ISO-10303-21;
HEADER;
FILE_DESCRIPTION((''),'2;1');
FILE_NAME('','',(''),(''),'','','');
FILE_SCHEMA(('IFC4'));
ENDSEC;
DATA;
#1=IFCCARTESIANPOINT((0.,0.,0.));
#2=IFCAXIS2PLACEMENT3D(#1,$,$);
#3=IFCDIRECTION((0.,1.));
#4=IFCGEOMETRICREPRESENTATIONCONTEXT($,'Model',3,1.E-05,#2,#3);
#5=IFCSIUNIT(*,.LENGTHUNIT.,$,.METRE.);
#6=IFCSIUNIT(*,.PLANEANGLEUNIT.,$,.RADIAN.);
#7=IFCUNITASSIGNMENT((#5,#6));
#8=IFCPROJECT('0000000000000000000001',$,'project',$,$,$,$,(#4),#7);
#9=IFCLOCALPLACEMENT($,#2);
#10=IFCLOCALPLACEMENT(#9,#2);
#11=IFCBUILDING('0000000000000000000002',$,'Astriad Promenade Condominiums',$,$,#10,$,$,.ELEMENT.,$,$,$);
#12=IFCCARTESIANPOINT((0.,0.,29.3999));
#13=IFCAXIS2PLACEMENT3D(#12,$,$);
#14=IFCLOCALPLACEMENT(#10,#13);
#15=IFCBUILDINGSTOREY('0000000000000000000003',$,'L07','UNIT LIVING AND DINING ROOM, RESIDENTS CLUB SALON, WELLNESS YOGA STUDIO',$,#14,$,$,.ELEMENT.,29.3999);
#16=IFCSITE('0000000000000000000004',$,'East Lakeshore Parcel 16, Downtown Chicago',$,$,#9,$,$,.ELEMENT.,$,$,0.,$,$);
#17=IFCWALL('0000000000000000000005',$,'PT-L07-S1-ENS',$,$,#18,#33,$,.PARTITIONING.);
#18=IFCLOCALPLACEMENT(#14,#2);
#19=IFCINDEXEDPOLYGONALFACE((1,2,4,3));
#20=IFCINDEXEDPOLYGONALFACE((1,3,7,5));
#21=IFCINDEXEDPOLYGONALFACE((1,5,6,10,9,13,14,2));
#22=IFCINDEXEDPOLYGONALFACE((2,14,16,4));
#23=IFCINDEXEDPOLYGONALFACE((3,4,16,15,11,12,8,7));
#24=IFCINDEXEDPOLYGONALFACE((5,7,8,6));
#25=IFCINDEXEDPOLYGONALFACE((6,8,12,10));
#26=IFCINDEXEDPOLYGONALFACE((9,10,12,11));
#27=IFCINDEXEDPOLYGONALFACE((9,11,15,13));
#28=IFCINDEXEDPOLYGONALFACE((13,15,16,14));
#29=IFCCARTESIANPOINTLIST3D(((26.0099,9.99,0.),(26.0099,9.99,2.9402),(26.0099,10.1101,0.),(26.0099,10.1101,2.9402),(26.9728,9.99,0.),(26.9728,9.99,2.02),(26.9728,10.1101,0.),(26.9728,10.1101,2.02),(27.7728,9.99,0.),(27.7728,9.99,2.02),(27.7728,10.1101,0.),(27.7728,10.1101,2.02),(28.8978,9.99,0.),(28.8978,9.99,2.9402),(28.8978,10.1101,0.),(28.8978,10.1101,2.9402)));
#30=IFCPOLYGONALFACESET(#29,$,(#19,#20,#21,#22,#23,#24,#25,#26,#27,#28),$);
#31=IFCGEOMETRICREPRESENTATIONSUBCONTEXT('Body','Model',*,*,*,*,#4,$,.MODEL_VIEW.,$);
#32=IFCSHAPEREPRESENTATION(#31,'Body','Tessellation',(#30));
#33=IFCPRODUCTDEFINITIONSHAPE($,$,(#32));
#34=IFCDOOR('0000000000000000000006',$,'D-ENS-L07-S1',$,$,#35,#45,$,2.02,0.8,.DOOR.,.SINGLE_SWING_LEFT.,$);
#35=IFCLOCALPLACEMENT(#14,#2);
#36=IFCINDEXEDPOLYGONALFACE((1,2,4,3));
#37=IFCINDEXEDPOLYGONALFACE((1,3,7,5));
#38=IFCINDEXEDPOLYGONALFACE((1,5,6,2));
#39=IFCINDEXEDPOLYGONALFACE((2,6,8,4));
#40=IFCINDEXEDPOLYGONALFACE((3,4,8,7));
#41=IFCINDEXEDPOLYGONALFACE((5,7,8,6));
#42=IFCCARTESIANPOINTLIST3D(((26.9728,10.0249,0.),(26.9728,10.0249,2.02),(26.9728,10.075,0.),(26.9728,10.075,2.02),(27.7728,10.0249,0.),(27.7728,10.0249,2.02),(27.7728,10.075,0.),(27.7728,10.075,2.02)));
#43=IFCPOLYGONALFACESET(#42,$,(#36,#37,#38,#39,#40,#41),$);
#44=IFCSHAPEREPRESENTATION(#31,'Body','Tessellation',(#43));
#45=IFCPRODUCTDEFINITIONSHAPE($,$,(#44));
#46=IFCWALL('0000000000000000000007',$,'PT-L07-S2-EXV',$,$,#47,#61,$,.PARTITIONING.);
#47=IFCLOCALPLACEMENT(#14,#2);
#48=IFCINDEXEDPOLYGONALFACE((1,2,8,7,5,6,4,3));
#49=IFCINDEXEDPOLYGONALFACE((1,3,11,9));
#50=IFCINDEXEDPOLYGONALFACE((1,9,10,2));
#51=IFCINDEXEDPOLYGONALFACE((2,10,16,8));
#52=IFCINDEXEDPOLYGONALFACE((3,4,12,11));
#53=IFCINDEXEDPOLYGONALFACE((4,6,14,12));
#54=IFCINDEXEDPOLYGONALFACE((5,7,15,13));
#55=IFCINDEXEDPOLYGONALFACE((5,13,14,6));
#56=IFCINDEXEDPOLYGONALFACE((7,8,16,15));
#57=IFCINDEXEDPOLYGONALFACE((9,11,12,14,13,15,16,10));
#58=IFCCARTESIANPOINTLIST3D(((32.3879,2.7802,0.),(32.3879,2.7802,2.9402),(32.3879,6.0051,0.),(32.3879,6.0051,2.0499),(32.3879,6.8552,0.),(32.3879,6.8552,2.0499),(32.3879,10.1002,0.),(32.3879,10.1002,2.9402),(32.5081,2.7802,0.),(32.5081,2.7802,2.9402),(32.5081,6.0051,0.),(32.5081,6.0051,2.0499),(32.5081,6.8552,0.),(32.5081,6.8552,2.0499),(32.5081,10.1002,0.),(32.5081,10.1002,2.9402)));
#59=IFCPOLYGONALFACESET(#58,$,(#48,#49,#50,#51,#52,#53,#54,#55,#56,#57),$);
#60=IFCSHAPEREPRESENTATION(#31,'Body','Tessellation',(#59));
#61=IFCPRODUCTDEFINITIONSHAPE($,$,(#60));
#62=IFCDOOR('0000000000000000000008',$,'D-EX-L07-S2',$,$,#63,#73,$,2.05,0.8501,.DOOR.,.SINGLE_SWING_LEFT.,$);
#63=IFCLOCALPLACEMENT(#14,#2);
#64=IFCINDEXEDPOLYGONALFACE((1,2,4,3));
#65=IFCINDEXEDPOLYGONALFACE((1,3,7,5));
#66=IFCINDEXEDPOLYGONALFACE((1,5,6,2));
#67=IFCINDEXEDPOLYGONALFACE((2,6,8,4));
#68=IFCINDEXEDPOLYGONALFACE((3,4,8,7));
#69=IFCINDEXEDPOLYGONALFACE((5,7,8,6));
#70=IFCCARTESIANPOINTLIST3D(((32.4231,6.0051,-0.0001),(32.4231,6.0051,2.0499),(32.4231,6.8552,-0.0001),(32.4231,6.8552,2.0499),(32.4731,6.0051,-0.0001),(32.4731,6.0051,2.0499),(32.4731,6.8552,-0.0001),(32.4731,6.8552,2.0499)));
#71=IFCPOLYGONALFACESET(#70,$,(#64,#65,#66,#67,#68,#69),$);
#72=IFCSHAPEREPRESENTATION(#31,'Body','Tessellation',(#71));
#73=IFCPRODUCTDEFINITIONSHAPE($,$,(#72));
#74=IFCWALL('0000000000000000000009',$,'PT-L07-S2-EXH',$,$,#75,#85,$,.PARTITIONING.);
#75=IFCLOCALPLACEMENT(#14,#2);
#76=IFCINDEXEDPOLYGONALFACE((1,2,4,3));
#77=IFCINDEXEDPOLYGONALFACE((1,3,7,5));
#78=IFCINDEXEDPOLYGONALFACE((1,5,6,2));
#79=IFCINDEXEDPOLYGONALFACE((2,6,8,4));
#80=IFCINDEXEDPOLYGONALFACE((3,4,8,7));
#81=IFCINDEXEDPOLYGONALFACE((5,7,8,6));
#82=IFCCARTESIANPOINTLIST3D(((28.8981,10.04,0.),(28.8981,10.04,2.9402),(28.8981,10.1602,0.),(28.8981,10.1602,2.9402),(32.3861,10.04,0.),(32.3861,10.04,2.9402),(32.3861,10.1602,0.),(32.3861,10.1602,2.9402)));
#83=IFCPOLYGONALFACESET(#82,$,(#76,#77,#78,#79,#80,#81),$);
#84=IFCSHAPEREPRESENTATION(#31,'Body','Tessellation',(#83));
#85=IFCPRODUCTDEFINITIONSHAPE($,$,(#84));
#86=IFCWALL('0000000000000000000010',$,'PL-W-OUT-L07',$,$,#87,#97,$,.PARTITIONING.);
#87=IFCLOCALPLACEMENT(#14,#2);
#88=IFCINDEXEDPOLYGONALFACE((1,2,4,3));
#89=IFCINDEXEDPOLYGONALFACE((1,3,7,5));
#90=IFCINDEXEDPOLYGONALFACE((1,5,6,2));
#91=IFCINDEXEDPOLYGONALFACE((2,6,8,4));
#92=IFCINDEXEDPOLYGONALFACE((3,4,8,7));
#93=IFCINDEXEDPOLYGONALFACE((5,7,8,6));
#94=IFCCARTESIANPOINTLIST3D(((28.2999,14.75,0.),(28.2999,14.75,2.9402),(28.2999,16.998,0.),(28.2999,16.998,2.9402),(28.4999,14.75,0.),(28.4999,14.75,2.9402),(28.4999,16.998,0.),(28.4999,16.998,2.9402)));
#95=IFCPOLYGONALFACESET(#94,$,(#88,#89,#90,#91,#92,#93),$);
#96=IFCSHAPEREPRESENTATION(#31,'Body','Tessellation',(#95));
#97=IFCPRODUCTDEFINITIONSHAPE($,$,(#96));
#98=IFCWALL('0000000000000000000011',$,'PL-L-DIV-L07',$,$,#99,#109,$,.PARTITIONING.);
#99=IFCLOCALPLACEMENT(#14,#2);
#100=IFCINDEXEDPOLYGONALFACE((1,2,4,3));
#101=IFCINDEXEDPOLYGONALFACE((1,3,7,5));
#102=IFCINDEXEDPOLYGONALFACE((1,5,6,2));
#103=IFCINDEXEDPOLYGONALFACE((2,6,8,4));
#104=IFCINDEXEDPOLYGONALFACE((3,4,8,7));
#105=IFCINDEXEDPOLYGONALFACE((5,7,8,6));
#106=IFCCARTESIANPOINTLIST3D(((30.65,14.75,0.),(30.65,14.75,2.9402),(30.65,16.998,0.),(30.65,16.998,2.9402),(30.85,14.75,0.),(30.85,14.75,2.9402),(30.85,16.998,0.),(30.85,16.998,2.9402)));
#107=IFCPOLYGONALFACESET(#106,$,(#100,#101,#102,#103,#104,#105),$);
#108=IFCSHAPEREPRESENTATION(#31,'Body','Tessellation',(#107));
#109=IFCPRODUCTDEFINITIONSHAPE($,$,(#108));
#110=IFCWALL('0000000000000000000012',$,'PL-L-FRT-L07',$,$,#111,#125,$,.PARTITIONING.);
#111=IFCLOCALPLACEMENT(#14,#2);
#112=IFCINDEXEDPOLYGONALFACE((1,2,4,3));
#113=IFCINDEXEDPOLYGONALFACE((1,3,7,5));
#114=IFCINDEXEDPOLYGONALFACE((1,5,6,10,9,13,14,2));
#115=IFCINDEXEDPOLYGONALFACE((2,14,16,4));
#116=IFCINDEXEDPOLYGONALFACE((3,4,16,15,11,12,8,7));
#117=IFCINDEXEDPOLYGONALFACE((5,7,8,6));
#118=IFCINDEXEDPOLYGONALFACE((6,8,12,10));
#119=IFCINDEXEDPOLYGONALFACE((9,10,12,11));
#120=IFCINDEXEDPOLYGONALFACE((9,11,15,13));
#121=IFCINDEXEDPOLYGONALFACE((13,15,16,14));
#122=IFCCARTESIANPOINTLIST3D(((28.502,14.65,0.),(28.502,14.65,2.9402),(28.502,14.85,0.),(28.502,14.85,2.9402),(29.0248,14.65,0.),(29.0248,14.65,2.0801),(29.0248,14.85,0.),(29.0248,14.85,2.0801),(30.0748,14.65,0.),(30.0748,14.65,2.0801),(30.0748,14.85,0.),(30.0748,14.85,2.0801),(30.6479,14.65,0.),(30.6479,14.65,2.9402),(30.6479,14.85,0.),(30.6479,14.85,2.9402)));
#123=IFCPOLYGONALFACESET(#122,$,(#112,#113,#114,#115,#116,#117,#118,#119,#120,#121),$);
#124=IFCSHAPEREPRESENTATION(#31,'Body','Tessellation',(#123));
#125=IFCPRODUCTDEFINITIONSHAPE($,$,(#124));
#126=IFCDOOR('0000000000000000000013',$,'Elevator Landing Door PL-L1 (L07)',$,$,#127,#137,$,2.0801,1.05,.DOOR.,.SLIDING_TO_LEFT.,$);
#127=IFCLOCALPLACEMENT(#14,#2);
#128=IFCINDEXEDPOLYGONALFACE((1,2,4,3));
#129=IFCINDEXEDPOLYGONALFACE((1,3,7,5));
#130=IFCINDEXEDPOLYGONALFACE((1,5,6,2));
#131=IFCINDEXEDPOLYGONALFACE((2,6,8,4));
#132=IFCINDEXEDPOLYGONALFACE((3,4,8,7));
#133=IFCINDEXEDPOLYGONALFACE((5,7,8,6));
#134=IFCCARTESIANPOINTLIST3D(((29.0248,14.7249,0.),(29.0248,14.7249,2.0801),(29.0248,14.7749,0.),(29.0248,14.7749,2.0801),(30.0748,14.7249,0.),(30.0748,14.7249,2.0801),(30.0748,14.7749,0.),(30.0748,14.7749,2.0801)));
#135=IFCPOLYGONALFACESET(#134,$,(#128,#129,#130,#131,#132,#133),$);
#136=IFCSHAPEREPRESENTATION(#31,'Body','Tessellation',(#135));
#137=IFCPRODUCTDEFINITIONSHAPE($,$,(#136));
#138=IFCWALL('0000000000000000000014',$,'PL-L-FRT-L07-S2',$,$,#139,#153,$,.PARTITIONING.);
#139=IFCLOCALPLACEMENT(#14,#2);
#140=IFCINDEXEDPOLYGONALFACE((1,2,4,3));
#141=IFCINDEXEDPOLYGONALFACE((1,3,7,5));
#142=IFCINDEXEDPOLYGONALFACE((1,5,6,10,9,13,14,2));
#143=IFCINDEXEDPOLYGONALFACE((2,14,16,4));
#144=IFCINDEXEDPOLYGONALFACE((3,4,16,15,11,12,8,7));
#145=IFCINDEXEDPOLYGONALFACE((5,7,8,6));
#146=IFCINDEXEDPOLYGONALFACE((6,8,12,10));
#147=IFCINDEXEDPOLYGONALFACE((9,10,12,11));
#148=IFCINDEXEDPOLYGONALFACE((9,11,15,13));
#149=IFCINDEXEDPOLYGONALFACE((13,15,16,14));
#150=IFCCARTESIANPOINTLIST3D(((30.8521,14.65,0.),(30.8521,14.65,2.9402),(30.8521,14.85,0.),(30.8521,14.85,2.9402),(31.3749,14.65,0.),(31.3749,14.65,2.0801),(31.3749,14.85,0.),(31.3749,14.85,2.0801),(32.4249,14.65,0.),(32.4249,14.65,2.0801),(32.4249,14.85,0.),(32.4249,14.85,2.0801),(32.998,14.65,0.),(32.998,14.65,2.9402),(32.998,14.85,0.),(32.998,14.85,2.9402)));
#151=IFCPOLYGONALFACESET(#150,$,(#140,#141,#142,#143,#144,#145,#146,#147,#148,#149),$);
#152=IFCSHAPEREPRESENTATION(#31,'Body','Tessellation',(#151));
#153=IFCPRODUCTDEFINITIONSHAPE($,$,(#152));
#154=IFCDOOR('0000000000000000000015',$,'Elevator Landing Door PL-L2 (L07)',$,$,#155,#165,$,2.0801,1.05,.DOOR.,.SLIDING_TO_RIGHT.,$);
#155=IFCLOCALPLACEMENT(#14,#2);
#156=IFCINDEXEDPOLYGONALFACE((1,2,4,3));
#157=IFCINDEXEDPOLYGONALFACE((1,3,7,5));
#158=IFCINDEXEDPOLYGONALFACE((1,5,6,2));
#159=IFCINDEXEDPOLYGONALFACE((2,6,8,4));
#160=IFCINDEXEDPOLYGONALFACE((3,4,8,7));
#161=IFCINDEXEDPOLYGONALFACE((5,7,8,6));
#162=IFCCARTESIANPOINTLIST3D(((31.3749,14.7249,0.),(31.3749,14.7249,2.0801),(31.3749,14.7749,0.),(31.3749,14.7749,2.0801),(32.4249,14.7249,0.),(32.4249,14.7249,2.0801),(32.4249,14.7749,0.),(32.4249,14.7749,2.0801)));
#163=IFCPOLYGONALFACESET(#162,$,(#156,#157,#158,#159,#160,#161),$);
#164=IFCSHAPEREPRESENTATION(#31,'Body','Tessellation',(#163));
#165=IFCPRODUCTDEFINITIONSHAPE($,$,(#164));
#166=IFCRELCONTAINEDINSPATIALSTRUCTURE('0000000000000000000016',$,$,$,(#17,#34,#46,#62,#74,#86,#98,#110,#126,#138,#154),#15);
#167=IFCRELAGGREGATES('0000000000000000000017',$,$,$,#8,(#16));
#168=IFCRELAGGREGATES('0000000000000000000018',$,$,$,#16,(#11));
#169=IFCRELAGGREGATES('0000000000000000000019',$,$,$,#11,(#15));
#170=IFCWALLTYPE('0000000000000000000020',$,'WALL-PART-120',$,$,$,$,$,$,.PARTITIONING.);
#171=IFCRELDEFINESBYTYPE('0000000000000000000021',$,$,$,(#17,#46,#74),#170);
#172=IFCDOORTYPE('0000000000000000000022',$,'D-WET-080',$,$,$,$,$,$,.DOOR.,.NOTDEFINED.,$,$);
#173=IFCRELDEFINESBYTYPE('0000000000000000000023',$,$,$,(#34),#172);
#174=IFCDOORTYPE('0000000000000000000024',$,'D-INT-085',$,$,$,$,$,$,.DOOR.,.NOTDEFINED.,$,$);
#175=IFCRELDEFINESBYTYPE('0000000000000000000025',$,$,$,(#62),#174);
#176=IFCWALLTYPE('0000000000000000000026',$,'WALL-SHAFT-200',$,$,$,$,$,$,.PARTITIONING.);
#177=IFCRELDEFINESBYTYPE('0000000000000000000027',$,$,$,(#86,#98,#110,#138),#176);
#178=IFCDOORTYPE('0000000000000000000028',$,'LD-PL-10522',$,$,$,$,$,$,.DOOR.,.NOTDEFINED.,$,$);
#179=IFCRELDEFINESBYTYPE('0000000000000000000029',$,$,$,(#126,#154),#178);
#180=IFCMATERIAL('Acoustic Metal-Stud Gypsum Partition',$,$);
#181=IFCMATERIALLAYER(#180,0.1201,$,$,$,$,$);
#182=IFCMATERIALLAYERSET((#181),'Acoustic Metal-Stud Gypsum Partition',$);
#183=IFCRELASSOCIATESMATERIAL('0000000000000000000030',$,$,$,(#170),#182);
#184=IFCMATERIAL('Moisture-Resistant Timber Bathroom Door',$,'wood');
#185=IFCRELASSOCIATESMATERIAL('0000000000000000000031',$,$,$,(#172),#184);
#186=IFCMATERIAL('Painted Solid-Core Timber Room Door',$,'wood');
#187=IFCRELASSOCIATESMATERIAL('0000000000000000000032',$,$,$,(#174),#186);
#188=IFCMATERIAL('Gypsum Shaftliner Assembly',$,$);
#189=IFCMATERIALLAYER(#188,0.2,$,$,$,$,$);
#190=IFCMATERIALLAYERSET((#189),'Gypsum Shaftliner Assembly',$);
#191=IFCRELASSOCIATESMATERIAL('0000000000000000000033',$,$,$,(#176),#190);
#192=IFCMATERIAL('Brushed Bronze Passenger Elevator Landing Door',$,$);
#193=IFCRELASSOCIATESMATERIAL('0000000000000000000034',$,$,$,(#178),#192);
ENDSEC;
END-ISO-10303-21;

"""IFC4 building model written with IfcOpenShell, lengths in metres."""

from ifc_helpers import new_model, si_unit, direction, frame, frame_2d, origin, place, context, subcontext, project, spatial, rectangle, extrude, source, transform, mapped, material, layer, layer_set, type_object, type_shapes, element, fill, save


model = new_model("IFC4")

# Units and contexts
model_context = context("Model", 3, precision=1e-05, world=origin(), true_north=direction((0.0, 1.0)))
body_context = subcontext(model_context, "Body", "Model", "MODEL_VIEW")
ifc_project = project(units=[si_unit("LENGTHUNIT", "METRE"), si_unit("PLANEANGLEUNIT", "RADIAN")], contexts=[model_context])

# Site, building, storey
site_placement = place(None, origin())
site = spatial("IfcSite", under=ifc_project, at=site_placement, Name="East Lakeshore Parcel 16, Downtown Chicago", CompositionType="ELEMENT", RefElevation=0.0)
building_placement = place(site_placement, origin())
building = spatial("IfcBuilding", under=site, at=building_placement, Name="Astriad Promenade Condominiums", CompositionType="ELEMENT")
storey_placement = place(building_placement, frame((0.0, 0.0, 29.3999)))
storey = spatial("IfcBuildingStorey", under=building, at=storey_placement, Name="L07", Description="UNIT LIVING AND DINING ROOM, RESIDENTS CLUB SALON, WELLNESS YOGA STUDIO", CompositionType="ELEMENT", Elevation=29.3999)

# Walls, openings, doors
ifc_material_1 = material(Name="Acoustic Metal-Stud Gypsum Partition")
ifc_layer_1 = layer(ifc_material_1, 0.1201)
ifc_layer_set_1 = layer_set([ifc_layer_1], Name="Acoustic Metal-Stud Gypsum Partition")
wall_type_1 = type_object("IfcWallType", Name="WALL-PART-120", PredefinedType="PARTITIONING", material=ifc_layer_set_1)
wall_1_placement = place(storey_placement, frame((26.01, 10.05, 0.0), z_axis=(0.0, 0.0, 1.0), x_axis=(1.0, 0.0, 0.0)))
wall_1 = element("IfcWall", 1, at=wall_1_placement, inside=storey, type_object=wall_type_1, Name="PT-L07-S1-ENS", PredefinedType="PARTITIONING", context=body_context, shape_type="SweptSolid", body=[
    extrude(rectangle(XDim=2.8879, YDim=0.1201, at=frame_2d((1.4438, 0.0))), origin(), (0.0, 0.0, 1.0), 2.9402),
])
opening_1_placement = place(wall_1_placement, frame((0.9629, 0.0, 0.0)))
opening_1 = element("IfcOpeningElement", 2, at=opening_1_placement, cuts=wall_1, PredefinedType="OPENING", context=body_context, shape_type="SweptSolid", body=[
    extrude(rectangle(XDim=0.8, YDim=2.02, at=frame_2d((0.3999, 1.01))), frame((0.0, 0.0701, 0.0), z_axis=(0.0, -1.0, 0.0), x_axis=(1.0, 0.0, 0.0)), (0.0, 0.0, 1.0), 0.1401),
])
ifc_material_2 = material(Name="Moisture-Resistant Timber Bathroom Door", Category="wood")
door_type_1 = type_object("IfcDoorType", Name="D-WET-080", OperationType="NOTDEFINED", PredefinedType="DOOR", material=ifc_material_2)
shared_shape_1 = source(origin(), body_context, "Body", "SweptSolid", [
    extrude(rectangle(XDim=0.8, YDim=2.02, at=frame_2d((0.3999, 1.01))), frame((0.0, 0.0249, 0.0), z_axis=(0.0, -1.0, 0.0), x_axis=(1.0, 0.0, 0.0)), (0.0, 0.0, 1.0), 0.05),
])
type_shapes(door_type_1, [shared_shape_1])
door_1_placement = place(opening_1_placement, origin())
door_1 = element("IfcDoor", 3, at=door_1_placement, inside=storey, type_object=door_type_1, Name="D-ENS-L07-S1", OperationType="SINGLE_SWING_LEFT", OverallHeight=2.02, OverallWidth=0.8, PredefinedType="DOOR", context=body_context, shape_type="MappedRepresentation", body=[
    mapped(shared_shape_1, transform((0.0, 0.0, 0.0), scale=1.0)),
])
fill(opening_1, door_1)
wall_2_placement = place(storey_placement, frame((32.448, 2.78, 0.0), z_axis=(0.0, 0.0, 1.0), x_axis=(0.0, 1.0, 0.0)))
wall_2 = element("IfcWall", 4, at=wall_2_placement, inside=storey, type_object=wall_type_1, Name="PT-L07-S2-EXV", PredefinedType="PARTITIONING", context=body_context, shape_type="SweptSolid", body=[
    extrude(rectangle(XDim=7.3201, YDim=0.1201, at=frame_2d((3.6602, 0.0))), origin(), (0.0, 0.0, 1.0), 2.9402),
])
opening_2_placement = place(wall_2_placement, frame((3.2251, 0.0, 0.0)))
opening_2 = element("IfcOpeningElement", 5, at=opening_2_placement, cuts=wall_2, PredefinedType="OPENING", context=body_context, shape_type="SweptSolid", body=[
    extrude(rectangle(XDim=0.8501, YDim=2.05, at=frame_2d((0.425, 1.0249))), frame((0.0, 0.0701, 0.0), z_axis=(0.0, -1.0, 0.0), x_axis=(1.0, 0.0, 0.0)), (0.0, 0.0, 1.0), 0.1401),
])
ifc_material_3 = material(Name="Painted Solid-Core Timber Room Door", Category="wood")
door_type_2 = type_object("IfcDoorType", Name="D-INT-085", OperationType="NOTDEFINED", PredefinedType="DOOR", material=ifc_material_3)
shared_shape_2 = source(origin(), body_context, "Body", "SweptSolid", [
    extrude(rectangle(XDim=0.8501, YDim=2.05, at=frame_2d((0.425, 1.0249))), frame((0.0, 0.0249, 0.0), z_axis=(0.0, -1.0, 0.0), x_axis=(1.0, 0.0, 0.0)), (0.0, 0.0, 1.0), 0.05),
])
type_shapes(door_type_2, [shared_shape_2])
door_2_placement = place(opening_2_placement, origin())
door_2 = element("IfcDoor", 6, at=door_2_placement, inside=storey, type_object=door_type_2, Name="D-EX-L07-S2", OperationType="SINGLE_SWING_LEFT", OverallHeight=2.05, OverallWidth=0.8501, PredefinedType="DOOR", context=body_context, shape_type="MappedRepresentation", body=[
    mapped(shared_shape_2, transform((0.0, 0.0, 0.0), scale=1.0)),
])
fill(opening_2, door_2)

# Walls
wall_3_placement = place(storey_placement, frame((28.8979, 10.1001, 0.0), z_axis=(0.0, 0.0, 1.0), x_axis=(1.0, 0.0, 0.0)))
element("IfcWall", 7, at=wall_3_placement, inside=storey, type_object=wall_type_1, Name="PT-L07-S2-EXH", PredefinedType="PARTITIONING", context=body_context, shape_type="SweptSolid", body=[
    extrude(rectangle(XDim=3.488, YDim=0.1201, at=frame_2d((1.7441, 0.0))), origin(), (0.0, 0.0, 1.0), 2.9402),
])
ifc_material_4 = material(Name="Gypsum Shaftliner Assembly")
ifc_layer_2 = layer(ifc_material_4, 0.2)
ifc_layer_set_2 = layer_set([ifc_layer_2], Name="Gypsum Shaftliner Assembly")
wall_type_2 = type_object("IfcWallType", Name="WALL-SHAFT-200", PredefinedType="PARTITIONING", material=ifc_layer_set_2)
for number, where, z_axis, x_axis, name in (
    (8, (28.3999, 14.75, 0.0), (0.0, 0.0, 1.0), (0.0, 1.0, 0.0), "PL-W-OUT-L07"),
    (9, (30.75, 14.75, 0.0), (0.0, 0.0, 1.0), (0.0, 1.0, 0.0), "PL-L-DIV-L07"),
):
    element("IfcWall", number, at=place(storey_placement, frame(where, z_axis=z_axis, x_axis=x_axis)), inside=storey, type_object=wall_type_2, Name=name, PredefinedType="PARTITIONING", context=body_context, shape_type="SweptSolid", body=[
        extrude(rectangle(XDim=2.248, YDim=0.2, at=frame_2d((1.124, 0.0))), origin(), (0.0, 0.0, 1.0), 2.9402),
    ])

# Walls, openings, doors
wall_4_placement = place(storey_placement, frame((28.502, 14.75, 0.0), z_axis=(0.0, 0.0, 1.0), x_axis=(1.0, 0.0, 0.0)))
wall_4 = element("IfcWall", 10, at=wall_4_placement, inside=storey, type_object=wall_type_2, Name="PL-L-FRT-L07", PredefinedType="PARTITIONING", context=body_context, shape_type="SweptSolid", body=[
    extrude(rectangle(XDim=2.146, YDim=0.2, at=frame_2d((1.073, 0.0))), origin(), (0.0, 0.0, 1.0), 2.9402),
])
opening_3_placement = place(wall_4_placement, frame((0.5229, 0.0, 0.0)))
opening_3 = element("IfcOpeningElement", 11, at=opening_3_placement, cuts=wall_4, PredefinedType="OPENING", context=body_context, shape_type="SweptSolid", body=[
    extrude(rectangle(XDim=1.05, YDim=2.0801, at=frame_2d((0.5249, 1.04))), frame((0.0, 0.1099, 0.0), z_axis=(0.0, -1.0, 0.0), x_axis=(1.0, 0.0, 0.0)), (0.0, 0.0, 1.0), 0.22),
])
ifc_material_5 = material(Name="Brushed Bronze Passenger Elevator Landing Door")
door_type_3 = type_object("IfcDoorType", Name="LD-PL-10522", OperationType="NOTDEFINED", PredefinedType="DOOR", material=ifc_material_5)
shared_shape_3 = source(origin(), body_context, "Body", "SweptSolid", [
    extrude(rectangle(XDim=1.05, YDim=2.0801, at=frame_2d((0.5249, 1.04))), frame((0.0, 0.0249, 0.0), z_axis=(0.0, -1.0, 0.0), x_axis=(1.0, 0.0, 0.0)), (0.0, 0.0, 1.0), 0.05),
])
type_shapes(door_type_3, [shared_shape_3])
door_3_placement = place(opening_3_placement, origin())
door_3 = element("IfcDoor", 12, at=door_3_placement, inside=storey, type_object=door_type_3, Name="Elevator Landing Door PL-L1 (L07)", OperationType="SLIDING_TO_LEFT", OverallHeight=2.0801, OverallWidth=1.05, PredefinedType="DOOR", context=body_context, shape_type="MappedRepresentation", body=[
    mapped(shared_shape_3, transform((0.0, 0.0, 0.0), scale=1.0)),
])
fill(opening_3, door_3)
wall_5_placement = place(storey_placement, frame((30.8521, 14.75, 0.0), z_axis=(0.0, 0.0, 1.0), x_axis=(1.0, 0.0, 0.0)))
wall_5 = element("IfcWall", 13, at=wall_5_placement, inside=storey, type_object=wall_type_2, Name="PL-L-FRT-L07-S2", PredefinedType="PARTITIONING", context=body_context, shape_type="SweptSolid", body=[
    extrude(rectangle(XDim=2.146, YDim=0.2, at=frame_2d((1.073, 0.0))), origin(), (0.0, 0.0, 1.0), 2.9402),
])
opening_4_placement = place(wall_5_placement, frame((0.5229, 0.0, 0.0)))
opening_4 = element("IfcOpeningElement", 14, at=opening_4_placement, cuts=wall_5, PredefinedType="OPENING", context=body_context, shape_type="SweptSolid", body=[
    extrude(rectangle(XDim=1.05, YDim=2.0801, at=frame_2d((0.5249, 1.04))), frame((0.0, 0.1099, 0.0), z_axis=(0.0, -1.0, 0.0), x_axis=(1.0, 0.0, 0.0)), (0.0, 0.0, 1.0), 0.22),
])
door_4_placement = place(opening_4_placement, origin())
door_4 = element("IfcDoor", 15, at=door_4_placement, inside=storey, type_object=door_type_3, Name="Elevator Landing Door PL-L2 (L07)", OperationType="SLIDING_TO_RIGHT", OverallHeight=2.0801, OverallWidth=1.05, PredefinedType="DOOR", context=body_context, shape_type="MappedRepresentation", body=[
    mapped(shared_shape_3, transform((0.0, 0.0, 0.0), scale=1.0)),
])
fill(opening_4, door_4)

save(model, "model.ifc")
